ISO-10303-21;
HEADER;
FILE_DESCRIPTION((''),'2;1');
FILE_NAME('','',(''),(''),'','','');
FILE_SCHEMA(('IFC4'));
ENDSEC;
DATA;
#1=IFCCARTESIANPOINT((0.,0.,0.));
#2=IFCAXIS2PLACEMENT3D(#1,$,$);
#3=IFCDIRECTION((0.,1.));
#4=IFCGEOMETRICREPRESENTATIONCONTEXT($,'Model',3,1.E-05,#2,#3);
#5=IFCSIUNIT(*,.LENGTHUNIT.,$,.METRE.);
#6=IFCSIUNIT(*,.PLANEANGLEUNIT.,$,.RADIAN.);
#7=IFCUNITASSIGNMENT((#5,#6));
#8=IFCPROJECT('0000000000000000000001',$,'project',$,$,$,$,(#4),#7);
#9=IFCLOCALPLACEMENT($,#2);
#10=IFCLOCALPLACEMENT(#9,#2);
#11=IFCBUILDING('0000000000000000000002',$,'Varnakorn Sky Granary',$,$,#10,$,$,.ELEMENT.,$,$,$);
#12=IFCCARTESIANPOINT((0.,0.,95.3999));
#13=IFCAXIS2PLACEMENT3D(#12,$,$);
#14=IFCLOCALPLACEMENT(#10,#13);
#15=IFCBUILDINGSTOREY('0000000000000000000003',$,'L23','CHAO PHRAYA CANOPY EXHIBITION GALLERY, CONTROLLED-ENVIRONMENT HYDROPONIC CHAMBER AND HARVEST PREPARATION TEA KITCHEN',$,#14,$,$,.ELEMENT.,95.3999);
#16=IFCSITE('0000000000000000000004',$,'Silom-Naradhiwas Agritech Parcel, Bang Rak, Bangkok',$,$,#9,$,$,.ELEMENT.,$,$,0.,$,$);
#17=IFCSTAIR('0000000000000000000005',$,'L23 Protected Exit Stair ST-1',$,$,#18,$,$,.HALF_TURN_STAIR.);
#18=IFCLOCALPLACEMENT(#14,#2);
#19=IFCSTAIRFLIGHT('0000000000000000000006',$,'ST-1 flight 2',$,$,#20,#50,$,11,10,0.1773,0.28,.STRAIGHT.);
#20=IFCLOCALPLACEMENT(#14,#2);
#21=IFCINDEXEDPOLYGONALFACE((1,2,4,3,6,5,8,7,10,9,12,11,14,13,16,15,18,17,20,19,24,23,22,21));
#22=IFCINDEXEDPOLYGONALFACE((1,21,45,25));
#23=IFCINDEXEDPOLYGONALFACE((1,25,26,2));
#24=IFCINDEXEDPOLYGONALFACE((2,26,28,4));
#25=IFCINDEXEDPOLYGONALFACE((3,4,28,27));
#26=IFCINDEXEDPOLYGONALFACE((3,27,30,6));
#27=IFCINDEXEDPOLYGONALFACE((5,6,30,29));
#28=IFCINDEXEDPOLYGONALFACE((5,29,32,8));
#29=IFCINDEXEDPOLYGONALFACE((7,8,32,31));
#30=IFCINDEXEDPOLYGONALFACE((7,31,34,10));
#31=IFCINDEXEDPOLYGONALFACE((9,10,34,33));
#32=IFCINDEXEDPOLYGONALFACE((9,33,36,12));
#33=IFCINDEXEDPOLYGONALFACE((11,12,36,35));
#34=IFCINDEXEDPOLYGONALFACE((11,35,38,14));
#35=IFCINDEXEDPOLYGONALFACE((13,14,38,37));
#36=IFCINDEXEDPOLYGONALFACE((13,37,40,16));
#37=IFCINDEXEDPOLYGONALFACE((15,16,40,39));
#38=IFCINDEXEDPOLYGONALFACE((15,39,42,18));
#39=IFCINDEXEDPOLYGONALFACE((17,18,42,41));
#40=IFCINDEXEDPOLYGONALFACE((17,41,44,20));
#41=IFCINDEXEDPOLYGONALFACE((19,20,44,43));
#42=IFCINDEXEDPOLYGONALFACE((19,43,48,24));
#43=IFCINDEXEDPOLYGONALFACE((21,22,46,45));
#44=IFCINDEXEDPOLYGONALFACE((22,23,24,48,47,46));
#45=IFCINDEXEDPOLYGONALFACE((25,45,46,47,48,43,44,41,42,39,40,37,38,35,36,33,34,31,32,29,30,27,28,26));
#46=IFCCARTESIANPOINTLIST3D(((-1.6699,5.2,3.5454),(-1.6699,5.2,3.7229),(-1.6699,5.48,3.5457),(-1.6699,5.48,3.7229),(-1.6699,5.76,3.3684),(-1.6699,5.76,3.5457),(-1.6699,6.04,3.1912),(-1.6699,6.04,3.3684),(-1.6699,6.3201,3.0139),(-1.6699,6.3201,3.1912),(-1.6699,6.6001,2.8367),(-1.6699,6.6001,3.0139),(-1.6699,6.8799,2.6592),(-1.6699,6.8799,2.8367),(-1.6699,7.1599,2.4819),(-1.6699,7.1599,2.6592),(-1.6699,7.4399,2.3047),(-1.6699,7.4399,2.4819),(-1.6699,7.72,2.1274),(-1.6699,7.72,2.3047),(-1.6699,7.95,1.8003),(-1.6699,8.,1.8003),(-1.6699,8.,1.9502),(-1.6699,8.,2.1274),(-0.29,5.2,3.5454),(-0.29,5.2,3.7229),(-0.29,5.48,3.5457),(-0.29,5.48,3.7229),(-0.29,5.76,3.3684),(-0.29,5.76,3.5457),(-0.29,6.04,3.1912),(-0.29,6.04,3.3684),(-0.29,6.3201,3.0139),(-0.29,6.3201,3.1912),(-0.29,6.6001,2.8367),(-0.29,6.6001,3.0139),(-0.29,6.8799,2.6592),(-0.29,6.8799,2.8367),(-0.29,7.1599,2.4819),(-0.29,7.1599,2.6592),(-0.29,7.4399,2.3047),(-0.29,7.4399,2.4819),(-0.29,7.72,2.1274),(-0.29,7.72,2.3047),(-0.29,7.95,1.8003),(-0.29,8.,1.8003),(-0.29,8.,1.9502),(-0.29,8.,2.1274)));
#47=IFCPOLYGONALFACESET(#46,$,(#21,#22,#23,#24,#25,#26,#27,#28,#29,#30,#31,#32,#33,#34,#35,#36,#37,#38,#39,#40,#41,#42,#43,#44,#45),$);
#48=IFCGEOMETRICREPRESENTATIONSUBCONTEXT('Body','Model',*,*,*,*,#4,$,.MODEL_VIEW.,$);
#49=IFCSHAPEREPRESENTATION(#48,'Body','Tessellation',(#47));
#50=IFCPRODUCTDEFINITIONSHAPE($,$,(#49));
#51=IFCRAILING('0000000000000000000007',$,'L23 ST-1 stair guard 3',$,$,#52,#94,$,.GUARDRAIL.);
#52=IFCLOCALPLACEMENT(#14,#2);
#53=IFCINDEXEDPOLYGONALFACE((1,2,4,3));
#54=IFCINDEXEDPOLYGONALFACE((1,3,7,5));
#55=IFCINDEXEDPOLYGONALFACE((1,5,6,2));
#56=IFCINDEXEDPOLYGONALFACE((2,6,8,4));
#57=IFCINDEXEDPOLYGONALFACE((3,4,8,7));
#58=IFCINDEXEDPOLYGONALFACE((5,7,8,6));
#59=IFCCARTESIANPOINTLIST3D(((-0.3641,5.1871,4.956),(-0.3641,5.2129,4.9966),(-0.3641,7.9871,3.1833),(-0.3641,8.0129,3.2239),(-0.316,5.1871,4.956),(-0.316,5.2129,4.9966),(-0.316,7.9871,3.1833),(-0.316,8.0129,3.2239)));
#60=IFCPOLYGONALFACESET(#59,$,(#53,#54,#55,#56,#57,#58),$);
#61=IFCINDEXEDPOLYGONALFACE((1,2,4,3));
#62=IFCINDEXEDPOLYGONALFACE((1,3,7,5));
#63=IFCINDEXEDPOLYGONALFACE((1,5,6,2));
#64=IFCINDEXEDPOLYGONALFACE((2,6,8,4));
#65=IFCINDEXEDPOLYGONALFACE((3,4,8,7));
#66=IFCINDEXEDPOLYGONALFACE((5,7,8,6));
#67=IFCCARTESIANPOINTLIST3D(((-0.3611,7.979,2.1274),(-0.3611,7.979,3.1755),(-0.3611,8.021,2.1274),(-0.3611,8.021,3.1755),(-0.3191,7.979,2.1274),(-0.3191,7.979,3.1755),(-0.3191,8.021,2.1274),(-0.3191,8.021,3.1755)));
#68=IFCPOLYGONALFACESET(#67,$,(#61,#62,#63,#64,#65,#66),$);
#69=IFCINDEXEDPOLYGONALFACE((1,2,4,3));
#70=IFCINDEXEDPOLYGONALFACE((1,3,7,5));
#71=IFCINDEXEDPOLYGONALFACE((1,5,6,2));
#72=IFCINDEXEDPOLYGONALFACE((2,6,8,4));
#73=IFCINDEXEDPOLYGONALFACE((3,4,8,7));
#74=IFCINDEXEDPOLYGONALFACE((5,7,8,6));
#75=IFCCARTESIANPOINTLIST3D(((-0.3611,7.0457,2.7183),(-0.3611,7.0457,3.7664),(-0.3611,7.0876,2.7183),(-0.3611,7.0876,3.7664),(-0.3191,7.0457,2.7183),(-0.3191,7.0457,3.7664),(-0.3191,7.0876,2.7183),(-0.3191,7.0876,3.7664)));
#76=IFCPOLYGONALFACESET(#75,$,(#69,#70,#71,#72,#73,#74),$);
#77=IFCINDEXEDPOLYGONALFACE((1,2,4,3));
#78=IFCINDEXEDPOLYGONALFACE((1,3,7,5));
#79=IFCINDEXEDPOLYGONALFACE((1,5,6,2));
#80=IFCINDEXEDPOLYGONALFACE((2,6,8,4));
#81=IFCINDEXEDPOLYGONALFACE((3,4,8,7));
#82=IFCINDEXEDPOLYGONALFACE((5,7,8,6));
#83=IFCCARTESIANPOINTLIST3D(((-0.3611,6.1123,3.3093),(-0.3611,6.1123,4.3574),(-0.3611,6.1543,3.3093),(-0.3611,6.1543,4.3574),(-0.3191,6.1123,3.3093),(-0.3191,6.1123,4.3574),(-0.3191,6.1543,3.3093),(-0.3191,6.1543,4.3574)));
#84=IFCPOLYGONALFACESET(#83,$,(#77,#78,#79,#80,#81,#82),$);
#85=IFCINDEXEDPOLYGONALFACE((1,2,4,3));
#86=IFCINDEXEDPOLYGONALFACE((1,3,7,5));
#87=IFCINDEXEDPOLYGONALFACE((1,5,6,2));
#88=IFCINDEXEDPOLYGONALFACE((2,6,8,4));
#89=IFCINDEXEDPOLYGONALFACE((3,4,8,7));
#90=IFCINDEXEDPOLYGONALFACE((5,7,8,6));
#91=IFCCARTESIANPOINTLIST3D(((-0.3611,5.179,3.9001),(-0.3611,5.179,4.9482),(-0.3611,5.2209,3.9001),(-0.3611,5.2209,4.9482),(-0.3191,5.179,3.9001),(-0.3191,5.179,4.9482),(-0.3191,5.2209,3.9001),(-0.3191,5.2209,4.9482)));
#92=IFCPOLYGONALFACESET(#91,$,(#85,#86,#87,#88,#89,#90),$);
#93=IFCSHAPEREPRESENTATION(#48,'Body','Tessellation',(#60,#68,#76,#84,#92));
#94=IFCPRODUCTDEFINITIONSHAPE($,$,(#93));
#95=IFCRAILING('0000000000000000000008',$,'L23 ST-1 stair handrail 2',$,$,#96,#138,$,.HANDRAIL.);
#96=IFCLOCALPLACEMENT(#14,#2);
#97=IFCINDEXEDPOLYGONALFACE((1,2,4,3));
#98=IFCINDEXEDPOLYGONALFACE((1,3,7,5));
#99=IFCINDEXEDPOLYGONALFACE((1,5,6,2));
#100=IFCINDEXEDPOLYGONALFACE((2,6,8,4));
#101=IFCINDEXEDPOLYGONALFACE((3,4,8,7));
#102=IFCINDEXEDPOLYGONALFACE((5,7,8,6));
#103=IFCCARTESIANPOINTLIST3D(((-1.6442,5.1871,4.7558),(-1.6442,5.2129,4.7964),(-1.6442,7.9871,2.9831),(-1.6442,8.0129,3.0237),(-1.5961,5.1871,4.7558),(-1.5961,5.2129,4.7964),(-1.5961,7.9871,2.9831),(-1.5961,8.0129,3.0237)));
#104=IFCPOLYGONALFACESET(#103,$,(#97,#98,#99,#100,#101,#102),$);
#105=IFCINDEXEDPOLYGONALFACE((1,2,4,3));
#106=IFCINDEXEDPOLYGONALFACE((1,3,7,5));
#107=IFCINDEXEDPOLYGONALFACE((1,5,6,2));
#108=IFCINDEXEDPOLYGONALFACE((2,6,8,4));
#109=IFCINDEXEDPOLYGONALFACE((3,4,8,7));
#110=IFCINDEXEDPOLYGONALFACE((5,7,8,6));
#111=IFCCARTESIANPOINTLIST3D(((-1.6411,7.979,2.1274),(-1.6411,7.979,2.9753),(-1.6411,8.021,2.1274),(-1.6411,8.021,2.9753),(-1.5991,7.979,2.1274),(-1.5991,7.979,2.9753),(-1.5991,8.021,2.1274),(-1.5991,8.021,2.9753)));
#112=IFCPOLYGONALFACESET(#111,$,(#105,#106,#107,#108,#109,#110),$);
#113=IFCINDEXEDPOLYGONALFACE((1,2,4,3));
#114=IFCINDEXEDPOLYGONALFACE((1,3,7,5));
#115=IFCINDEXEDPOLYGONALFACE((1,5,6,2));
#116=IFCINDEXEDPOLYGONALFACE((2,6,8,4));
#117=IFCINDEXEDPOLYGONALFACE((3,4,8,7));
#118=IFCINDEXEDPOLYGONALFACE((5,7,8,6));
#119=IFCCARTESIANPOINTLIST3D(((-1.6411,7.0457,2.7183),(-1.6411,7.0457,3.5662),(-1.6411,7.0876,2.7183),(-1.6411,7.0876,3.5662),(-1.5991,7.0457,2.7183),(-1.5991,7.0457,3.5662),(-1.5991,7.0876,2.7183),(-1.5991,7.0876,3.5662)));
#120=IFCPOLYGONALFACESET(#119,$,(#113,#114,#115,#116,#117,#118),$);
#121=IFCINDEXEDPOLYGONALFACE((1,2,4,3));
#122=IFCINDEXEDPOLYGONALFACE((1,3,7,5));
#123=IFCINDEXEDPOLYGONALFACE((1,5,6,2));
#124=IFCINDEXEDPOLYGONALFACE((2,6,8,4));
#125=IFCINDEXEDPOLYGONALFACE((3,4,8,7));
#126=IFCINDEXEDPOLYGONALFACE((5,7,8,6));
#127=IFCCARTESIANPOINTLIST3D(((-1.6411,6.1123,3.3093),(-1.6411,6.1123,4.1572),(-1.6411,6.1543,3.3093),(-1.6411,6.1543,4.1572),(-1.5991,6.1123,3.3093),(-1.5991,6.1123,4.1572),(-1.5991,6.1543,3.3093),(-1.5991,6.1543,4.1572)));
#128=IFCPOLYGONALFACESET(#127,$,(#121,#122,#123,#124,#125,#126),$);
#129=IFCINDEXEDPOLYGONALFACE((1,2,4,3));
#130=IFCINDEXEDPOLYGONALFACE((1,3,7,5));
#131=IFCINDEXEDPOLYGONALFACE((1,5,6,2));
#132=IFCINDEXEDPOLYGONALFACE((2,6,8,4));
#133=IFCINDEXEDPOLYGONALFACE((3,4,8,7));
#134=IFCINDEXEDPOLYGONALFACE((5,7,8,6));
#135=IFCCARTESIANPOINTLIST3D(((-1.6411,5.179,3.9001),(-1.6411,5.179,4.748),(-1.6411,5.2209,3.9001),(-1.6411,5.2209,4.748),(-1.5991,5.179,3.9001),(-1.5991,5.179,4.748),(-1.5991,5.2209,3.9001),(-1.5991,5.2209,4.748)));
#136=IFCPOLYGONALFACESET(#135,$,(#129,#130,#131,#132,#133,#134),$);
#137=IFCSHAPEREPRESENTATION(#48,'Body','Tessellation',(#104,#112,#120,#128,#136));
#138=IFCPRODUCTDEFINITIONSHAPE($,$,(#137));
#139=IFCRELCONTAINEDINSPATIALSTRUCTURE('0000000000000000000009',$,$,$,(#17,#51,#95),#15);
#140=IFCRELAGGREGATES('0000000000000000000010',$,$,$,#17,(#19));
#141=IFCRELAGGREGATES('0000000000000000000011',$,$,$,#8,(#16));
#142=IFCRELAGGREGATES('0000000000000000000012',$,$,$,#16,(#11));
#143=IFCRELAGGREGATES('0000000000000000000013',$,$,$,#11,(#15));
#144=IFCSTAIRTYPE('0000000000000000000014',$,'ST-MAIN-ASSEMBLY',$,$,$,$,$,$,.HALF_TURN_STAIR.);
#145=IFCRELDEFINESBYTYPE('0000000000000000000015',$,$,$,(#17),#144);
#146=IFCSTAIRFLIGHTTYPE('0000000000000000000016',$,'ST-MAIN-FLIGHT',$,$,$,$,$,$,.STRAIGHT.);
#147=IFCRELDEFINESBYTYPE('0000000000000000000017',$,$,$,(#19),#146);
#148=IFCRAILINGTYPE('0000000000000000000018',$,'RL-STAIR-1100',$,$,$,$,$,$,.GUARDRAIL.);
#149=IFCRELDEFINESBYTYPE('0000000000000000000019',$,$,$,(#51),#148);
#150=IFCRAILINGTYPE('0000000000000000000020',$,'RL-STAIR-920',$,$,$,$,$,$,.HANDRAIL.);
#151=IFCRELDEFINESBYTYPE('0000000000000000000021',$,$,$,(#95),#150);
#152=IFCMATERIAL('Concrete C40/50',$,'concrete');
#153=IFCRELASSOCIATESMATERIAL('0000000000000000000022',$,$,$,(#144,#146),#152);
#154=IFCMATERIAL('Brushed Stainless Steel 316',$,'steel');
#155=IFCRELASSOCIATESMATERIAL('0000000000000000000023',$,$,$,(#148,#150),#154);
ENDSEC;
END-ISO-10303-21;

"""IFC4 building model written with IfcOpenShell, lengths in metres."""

from ifc_helpers import new_model, si_unit, direction, frame, origin, origin_2d, place, context, subcontext, project, spatial, polyline, rectangle, outline, extrude, material, type_object, element, aggregate, save


model = new_model("IFC4")

# Units and contexts
model_context = context("Model", 3, precision=1e-05, world=origin(), true_north=direction((0.0, 1.0)))
body_context = subcontext(model_context, "Body", "Model", "MODEL_VIEW")
ifc_project = project(units=[si_unit("LENGTHUNIT", "METRE"), si_unit("PLANEANGLEUNIT", "RADIAN")], contexts=[model_context])

# Site, building, storey
site_placement = place(None, origin())
site = spatial("IfcSite", under=ifc_project, at=site_placement, Name="Silom-Naradhiwas Agritech Parcel, Bang Rak, Bangkok", CompositionType="ELEMENT", RefElevation=0.0)
building_placement = place(site_placement, origin())
building = spatial("IfcBuilding", under=site, at=building_placement, Name="Varnakorn Sky Granary", CompositionType="ELEMENT")
storey_placement = place(building_placement, frame((0.0, 0.0, 95.3999)))
storey = spatial("IfcBuildingStorey", under=building, at=storey_placement, Name="L23", Description="CHAO PHRAYA CANOPY EXHIBITION GALLERY, CONTROLLED-ENVIRONMENT HYDROPONIC CHAMBER AND HARVEST PREPARATION TEA KITCHEN", CompositionType="ELEMENT", Elevation=95.3999)

# Stair, stair flight
ifc_material_1 = material(Name="Concrete C40/50", Category="concrete")
stair_type = type_object("IfcStairType", Name="ST-MAIN-ASSEMBLY", PredefinedType="HALF_TURN_STAIR", material=ifc_material_1)
stair_placement = place(storey_placement, origin())
stair = element("IfcStair", 1, at=stair_placement, inside=storey, type_object=stair_type, Name="L23 Protected Exit Stair ST-1", PredefinedType="HALF_TURN_STAIR")
stair_flight_type = type_object("IfcStairFlightType", Name="ST-MAIN-FLIGHT", PredefinedType="STRAIGHT", material=ifc_material_1)
stair_flight_placement = place(storey_placement, frame((-0.98, 8.0, 1.9502), z_axis=(0.0, 0.0, 1.0), x_axis=(0.0, -1.0, 0.0)))
stair_flight = element("IfcStairFlight", 2, at=stair_flight_placement, type_object=stair_flight_type, Name="ST-1 flight 2", NumberOfRisers=11, NumberOfTreads=10, PredefinedType="STRAIGHT", RiserHeight=0.1773, TreadLength=0.28, context=body_context, shape_type="SweptSolid", body=[
    extrude(outline(polyline([(0.0, -0.1499), (0.0, 0.0), (0.0, 0.1772), (0.28, 0.1772), (0.28, 0.3545), (0.5601, 0.3545), (0.5601, 0.5317), (0.8401, 0.5317), (0.8401, 0.709), (1.1201, 0.709), (1.1201, 0.8865), (1.3999, 0.8865), (1.3999, 1.0637), (1.6799, 1.0637), (1.6799, 1.241), (1.96, 1.241), (1.96, 1.4182), (2.24, 1.4182), (2.24, 1.5955), (2.52, 1.5955), (2.52, 1.7727), (2.8, 1.7727), (2.8, 1.95), (2.8, 1.5952), (0.05, -0.1499), (0.0, -0.1499)])), frame((0.0, 0.6899, 0.0), z_axis=(0.0, -1.0, 0.0), x_axis=(1.0, 0.0, 0.0)), (0.0, 0.0, 1.0), 1.3799),
])
aggregate(stair, [stair_flight])

# Railings
ifc_material_2 = material(Name="Brushed Stainless Steel 316", Category="steel")
railing_type_1 = type_object("IfcRailingType", Name="RL-STAIR-1100", PredefinedType="GUARDRAIL", material=ifc_material_2)
railing_1_placement = place(storey_placement, frame((-0.3401, 8.0, 2.1274)))
element("IfcRailing", 3, at=railing_1_placement, inside=storey, type_object=railing_type_1, Name="L23 ST-1 stair guard 3", PredefinedType="GUARDRAIL", context=body_context, shape_type="SweptSolid", body=[
    extrude(rectangle(XDim=0.0481, YDim=0.0481, at=origin_2d()), frame((0.0, 0.0, 1.0762), z_axis=(0.0, -0.844909, 0.53491), x_axis=(1.0, 0.0, 0.0)), (0.0, 0.0, 1.0), 3.314),
    extrude(rectangle(XDim=0.042, YDim=0.042, at=origin_2d()), origin(), (0.0, 0.0, 1.0), 1.0481),
    extrude(rectangle(XDim=0.042, YDim=0.042, at=origin_2d()), frame((0.0, -0.9333, 0.5908)), (0.0, 0.0, 1.0), 1.0481),
    extrude(rectangle(XDim=0.042, YDim=0.042, at=origin_2d()), frame((0.0, -1.8667, 1.1819)), (0.0, 0.0, 1.0), 1.0481),
    extrude(rectangle(XDim=0.042, YDim=0.042, at=origin_2d()), frame((0.0, -2.8, 1.7727)), (0.0, 0.0, 1.0), 1.0481),
])
railing_type_2 = type_object("IfcRailingType", Name="RL-STAIR-920", PredefinedType="HANDRAIL", material=ifc_material_2)
railing_2_placement = place(storey_placement, frame((-1.6201, 8.0, 2.1274)))
element("IfcRailing", 4, at=railing_2_placement, inside=storey, type_object=railing_type_2, Name="L23 ST-1 stair handrail 2", PredefinedType="HANDRAIL", context=body_context, shape_type="SweptSolid", body=[
    extrude(rectangle(XDim=0.0481, YDim=0.0481, at=origin_2d()), frame((0.0, 0.0, 0.876), z_axis=(0.0, -0.844909, 0.53491), x_axis=(1.0, 0.0, 0.0)), (0.0, 0.0, 1.0), 3.314),
    extrude(rectangle(XDim=0.042, YDim=0.042, at=origin_2d()), origin(), (0.0, 0.0, 1.0), 0.8479),
    extrude(rectangle(XDim=0.042, YDim=0.042, at=origin_2d()), frame((0.0, -0.9333, 0.5908)), (0.0, 0.0, 1.0), 0.8479),
    extrude(rectangle(XDim=0.042, YDim=0.042, at=origin_2d()), frame((0.0, -1.8667, 1.1819)), (0.0, 0.0, 1.0), 0.8479),
    extrude(rectangle(XDim=0.042, YDim=0.042, at=origin_2d()), frame((0.0, -2.8, 1.7727)), (0.0, 0.0, 1.0), 0.8479),
])

save(model, "model.ifc")
